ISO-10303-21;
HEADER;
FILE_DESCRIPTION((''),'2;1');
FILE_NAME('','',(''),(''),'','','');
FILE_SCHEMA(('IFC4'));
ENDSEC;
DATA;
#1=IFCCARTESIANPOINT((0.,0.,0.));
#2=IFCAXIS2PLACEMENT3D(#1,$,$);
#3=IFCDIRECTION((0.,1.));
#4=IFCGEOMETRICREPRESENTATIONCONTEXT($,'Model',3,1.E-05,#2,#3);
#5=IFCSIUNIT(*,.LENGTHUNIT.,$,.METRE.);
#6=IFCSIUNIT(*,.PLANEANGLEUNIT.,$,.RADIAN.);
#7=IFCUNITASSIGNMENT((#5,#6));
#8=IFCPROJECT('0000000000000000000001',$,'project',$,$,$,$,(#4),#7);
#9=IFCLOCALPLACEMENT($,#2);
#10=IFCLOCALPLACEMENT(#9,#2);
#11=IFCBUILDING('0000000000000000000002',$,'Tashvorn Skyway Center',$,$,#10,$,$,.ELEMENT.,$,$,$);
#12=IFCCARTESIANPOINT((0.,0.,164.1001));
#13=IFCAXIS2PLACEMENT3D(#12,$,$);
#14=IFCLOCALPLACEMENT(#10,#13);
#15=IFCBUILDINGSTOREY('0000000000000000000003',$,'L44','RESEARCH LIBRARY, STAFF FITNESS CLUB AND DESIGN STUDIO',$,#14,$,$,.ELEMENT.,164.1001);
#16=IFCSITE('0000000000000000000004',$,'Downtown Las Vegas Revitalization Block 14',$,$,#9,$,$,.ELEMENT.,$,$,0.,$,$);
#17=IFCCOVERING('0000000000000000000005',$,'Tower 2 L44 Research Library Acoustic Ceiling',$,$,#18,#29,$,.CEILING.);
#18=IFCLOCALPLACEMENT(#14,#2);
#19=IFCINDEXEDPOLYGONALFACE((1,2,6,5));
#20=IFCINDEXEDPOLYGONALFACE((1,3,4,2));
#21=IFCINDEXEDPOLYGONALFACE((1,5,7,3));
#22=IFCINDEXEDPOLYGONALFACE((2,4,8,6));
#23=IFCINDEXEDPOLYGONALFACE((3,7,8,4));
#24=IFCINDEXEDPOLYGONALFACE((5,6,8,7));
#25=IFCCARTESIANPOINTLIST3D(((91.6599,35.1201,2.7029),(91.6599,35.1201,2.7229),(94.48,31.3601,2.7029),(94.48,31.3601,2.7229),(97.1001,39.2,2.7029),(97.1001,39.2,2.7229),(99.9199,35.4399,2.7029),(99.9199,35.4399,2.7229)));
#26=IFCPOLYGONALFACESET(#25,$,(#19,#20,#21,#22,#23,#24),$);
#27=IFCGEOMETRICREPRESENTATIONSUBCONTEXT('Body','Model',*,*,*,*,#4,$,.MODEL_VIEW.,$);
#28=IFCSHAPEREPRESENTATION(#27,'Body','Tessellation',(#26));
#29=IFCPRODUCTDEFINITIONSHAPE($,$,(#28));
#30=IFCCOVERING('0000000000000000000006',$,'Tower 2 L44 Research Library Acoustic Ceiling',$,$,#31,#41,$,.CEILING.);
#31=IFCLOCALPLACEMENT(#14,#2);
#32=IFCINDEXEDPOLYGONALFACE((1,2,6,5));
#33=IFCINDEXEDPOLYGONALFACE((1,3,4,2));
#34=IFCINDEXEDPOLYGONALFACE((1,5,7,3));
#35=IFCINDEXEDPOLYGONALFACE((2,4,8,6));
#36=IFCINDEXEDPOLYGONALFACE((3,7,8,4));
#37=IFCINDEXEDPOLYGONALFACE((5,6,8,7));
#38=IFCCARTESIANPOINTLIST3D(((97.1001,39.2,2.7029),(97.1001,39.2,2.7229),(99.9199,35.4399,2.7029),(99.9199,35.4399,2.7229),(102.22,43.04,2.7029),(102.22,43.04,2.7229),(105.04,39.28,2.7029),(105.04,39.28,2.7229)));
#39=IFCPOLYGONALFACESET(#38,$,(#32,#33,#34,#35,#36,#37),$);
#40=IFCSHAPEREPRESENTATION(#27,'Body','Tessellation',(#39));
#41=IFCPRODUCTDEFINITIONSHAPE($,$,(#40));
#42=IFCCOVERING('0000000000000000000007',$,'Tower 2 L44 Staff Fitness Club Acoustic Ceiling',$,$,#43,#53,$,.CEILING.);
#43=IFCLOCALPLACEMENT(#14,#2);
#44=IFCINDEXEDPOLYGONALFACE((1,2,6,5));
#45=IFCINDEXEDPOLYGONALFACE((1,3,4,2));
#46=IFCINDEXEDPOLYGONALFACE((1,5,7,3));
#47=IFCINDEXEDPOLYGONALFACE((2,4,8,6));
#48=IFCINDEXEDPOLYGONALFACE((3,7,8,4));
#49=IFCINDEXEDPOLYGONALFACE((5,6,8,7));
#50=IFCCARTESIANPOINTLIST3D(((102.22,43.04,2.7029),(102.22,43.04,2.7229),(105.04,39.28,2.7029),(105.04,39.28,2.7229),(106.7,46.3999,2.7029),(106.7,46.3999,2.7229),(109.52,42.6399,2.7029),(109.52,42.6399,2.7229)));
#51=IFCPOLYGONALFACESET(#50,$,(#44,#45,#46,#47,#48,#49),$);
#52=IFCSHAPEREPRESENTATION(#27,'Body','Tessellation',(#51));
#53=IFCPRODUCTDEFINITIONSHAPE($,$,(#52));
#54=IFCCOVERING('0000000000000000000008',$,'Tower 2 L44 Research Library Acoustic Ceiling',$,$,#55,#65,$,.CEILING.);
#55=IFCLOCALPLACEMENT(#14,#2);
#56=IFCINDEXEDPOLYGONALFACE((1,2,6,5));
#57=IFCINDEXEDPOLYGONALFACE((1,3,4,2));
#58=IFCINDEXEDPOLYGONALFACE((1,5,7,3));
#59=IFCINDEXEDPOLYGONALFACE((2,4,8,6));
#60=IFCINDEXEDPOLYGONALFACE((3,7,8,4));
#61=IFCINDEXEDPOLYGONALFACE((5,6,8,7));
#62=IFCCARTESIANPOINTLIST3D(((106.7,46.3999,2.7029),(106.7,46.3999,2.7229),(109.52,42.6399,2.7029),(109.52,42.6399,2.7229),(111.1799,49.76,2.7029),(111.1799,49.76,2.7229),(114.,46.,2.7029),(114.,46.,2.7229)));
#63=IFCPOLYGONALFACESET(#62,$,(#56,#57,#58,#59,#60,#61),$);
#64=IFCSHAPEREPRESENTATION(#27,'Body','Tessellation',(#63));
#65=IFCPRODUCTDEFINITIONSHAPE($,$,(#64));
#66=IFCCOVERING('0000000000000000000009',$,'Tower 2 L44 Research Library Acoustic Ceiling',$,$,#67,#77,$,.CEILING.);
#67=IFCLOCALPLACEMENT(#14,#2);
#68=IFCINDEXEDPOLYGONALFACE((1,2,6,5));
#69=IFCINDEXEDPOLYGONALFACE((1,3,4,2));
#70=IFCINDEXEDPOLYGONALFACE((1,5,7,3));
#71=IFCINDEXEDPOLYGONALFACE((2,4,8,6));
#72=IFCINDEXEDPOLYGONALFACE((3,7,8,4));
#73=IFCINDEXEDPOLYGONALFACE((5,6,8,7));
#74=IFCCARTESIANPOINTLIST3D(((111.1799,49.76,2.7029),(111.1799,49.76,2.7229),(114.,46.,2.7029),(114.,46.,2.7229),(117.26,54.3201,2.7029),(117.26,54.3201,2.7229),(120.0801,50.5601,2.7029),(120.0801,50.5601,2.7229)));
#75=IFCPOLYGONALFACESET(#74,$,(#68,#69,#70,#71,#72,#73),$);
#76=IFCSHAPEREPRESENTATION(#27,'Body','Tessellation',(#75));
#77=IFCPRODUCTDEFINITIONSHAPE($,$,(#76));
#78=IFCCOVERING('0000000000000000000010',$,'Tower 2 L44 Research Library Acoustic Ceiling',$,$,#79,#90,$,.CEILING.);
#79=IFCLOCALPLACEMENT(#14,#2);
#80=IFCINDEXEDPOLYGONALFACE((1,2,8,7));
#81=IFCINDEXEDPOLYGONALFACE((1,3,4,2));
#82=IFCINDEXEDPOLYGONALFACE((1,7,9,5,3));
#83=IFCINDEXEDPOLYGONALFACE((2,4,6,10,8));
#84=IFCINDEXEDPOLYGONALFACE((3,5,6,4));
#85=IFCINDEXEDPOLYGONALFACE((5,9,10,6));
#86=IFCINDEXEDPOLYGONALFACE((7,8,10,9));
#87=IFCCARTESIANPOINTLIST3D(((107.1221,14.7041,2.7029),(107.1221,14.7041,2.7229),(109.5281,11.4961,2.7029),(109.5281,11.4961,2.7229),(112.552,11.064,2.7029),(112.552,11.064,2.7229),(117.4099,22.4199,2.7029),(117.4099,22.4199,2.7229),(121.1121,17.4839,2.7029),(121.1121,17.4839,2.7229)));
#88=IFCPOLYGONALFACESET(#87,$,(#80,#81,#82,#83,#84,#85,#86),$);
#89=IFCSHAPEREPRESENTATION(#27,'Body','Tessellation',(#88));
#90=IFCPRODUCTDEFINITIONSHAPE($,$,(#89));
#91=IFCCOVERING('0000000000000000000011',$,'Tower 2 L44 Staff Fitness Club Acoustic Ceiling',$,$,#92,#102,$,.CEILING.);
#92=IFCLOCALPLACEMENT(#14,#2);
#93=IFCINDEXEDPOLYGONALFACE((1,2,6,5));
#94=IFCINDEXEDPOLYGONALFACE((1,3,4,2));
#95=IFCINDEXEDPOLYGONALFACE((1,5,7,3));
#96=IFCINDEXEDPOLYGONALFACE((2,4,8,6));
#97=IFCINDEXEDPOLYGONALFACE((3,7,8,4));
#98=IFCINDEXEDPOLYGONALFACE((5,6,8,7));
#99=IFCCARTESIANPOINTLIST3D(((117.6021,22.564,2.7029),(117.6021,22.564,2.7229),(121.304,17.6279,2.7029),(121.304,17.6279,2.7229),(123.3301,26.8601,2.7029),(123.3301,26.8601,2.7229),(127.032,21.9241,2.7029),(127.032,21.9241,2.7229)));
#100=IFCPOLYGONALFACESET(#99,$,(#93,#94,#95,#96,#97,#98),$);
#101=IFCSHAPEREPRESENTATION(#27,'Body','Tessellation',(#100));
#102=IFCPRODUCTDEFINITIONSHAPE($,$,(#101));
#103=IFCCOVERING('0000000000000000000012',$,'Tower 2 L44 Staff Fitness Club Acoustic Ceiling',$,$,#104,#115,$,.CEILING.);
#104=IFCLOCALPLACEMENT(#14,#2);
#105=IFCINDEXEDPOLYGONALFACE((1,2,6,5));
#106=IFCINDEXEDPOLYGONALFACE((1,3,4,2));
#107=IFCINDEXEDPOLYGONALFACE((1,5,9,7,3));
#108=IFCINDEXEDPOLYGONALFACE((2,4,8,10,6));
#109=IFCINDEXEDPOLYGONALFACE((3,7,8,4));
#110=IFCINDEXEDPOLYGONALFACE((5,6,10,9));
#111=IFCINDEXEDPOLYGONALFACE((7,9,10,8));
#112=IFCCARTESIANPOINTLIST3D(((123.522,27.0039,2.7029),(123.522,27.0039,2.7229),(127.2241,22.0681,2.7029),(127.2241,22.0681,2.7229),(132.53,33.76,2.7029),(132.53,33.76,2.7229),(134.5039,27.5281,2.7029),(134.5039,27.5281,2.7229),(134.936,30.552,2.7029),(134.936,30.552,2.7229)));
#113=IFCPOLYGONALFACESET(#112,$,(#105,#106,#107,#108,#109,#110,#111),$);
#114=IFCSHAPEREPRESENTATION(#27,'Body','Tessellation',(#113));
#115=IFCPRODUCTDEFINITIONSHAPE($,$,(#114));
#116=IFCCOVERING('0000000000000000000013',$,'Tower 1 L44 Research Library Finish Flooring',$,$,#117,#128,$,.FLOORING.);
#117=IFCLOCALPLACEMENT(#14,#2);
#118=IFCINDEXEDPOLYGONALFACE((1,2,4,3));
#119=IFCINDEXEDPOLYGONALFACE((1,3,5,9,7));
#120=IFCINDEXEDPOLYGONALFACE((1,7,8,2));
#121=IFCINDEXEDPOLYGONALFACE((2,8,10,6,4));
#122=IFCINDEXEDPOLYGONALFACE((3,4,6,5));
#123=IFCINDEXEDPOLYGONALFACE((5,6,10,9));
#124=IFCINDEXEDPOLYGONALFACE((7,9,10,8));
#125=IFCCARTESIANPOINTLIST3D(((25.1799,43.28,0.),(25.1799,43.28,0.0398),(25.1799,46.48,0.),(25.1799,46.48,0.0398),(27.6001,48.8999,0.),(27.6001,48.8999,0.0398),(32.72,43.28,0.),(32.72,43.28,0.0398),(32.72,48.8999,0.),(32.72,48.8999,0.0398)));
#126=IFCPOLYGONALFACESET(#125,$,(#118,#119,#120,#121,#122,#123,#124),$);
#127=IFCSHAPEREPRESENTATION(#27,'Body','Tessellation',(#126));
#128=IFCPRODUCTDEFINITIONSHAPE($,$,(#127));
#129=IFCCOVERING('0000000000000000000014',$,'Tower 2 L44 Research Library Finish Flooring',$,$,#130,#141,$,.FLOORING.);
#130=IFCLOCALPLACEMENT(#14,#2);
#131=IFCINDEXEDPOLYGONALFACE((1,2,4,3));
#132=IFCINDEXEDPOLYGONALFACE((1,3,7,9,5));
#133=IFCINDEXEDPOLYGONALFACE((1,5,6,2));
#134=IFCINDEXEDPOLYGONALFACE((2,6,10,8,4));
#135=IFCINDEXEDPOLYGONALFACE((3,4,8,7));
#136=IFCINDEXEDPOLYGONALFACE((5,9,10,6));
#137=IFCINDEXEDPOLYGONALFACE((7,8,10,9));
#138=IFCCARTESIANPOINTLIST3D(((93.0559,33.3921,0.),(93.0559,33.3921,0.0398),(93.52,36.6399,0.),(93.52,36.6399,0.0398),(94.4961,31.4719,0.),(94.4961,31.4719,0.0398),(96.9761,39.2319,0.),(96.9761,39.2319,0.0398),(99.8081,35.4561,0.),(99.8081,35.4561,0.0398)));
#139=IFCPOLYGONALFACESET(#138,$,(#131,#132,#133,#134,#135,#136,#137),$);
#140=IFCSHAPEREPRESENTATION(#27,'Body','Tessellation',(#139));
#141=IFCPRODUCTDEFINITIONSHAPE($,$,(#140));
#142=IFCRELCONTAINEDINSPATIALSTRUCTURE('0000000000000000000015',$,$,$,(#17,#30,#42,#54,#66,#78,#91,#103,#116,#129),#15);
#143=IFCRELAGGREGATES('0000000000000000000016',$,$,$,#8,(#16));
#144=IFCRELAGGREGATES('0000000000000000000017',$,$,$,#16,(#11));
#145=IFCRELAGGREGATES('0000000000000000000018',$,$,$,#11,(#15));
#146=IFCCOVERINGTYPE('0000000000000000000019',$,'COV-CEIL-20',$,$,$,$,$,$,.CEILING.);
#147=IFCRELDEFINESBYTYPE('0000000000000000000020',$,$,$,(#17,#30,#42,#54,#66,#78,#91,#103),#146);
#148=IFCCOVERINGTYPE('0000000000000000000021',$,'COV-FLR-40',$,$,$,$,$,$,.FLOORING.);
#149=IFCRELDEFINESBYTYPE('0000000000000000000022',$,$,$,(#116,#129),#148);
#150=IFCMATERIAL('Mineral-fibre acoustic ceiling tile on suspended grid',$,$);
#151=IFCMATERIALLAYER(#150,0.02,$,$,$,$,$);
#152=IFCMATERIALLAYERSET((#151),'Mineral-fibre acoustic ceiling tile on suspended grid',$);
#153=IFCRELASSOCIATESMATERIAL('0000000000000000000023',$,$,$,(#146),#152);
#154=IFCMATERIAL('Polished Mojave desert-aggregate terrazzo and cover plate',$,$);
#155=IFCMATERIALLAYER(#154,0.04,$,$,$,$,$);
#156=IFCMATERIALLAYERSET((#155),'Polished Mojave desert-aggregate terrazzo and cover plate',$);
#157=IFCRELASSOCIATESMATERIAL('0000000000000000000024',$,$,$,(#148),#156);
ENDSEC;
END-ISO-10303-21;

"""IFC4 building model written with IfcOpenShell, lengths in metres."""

from ifc_helpers import new_model, si_unit, direction, frame, origin, place, context, subcontext, project, spatial, polyline, outline, extrude, material, layer, layer_set, type_object, element, save


model = new_model("IFC4")

# Units and contexts
model_context = context("Model", 3, precision=1e-05, world=origin(), true_north=direction((0.0, 1.0)))
body_context = subcontext(model_context, "Body", "Model", "MODEL_VIEW")
ifc_project = project(units=[si_unit("LENGTHUNIT", "METRE"), si_unit("PLANEANGLEUNIT", "RADIAN")], contexts=[model_context])

# Site, building, storey
site_placement = place(None, origin())
site = spatial("IfcSite", under=ifc_project, at=site_placement, Name="Downtown Las Vegas Revitalization Block 14", CompositionType="ELEMENT", RefElevation=0.0)
building_placement = place(site_placement, origin())
building = spatial("IfcBuilding", under=site, at=building_placement, Name="Tashvorn Skyway Center", CompositionType="ELEMENT")
storey_placement = place(building_placement, frame((0.0, 0.0, 164.1001)))
storey = spatial("IfcBuildingStorey", under=building, at=storey_placement, Name="L44", Description="RESEARCH LIBRARY, STAFF FITNESS CLUB AND DESIGN STUDIO", CompositionType="ELEMENT", Elevation=164.1001)

# Coverings
ifc_material_1 = material(Name="Mineral-fibre acoustic ceiling tile on suspended grid")
ifc_layer_1 = layer(ifc_material_1, 0.02)
ifc_layer_set_1 = layer_set([ifc_layer_1], Name="Mineral-fibre acoustic ceiling tile on suspended grid")
covering_type_1 = type_object("IfcCoveringType", Name="COV-CEIL-20", PredefinedType="CEILING", material=ifc_layer_set_1)
covering_1_placement = place(storey_placement, frame((0.0, 0.0, 2.7029)))
element("IfcCovering", 1, at=covering_1_placement, inside=storey, type_object=covering_type_1, Name="Tower 2 L44 Research Library Acoustic Ceiling", PredefinedType="CEILING", context=body_context, shape_type="SweptSolid", body=[
    extrude(outline(polyline([(94.48, 31.3601), (99.9199, 35.4399), (97.1001, 39.2), (91.6599, 35.1201), (94.48, 31.3601)])), origin(), (0.0, 0.0, 1.0), 0.02),
])
covering_2_placement = place(storey_placement, frame((0.0, 0.0, 2.7029)))
element("IfcCovering", 2, at=covering_2_placement, inside=storey, type_object=covering_type_1, Name="Tower 2 L44 Research Library Acoustic Ceiling", PredefinedType="CEILING", context=body_context, shape_type="SweptSolid", body=[
    extrude(outline(polyline([(99.9199, 35.4399), (105.04, 39.28), (102.22, 43.04), (97.1001, 39.2), (99.9199, 35.4399)])), origin(), (0.0, 0.0, 1.0), 0.02),
])
covering_3_placement = place(storey_placement, frame((0.0, 0.0, 2.7029)))
element("IfcCovering", 3, at=covering_3_placement, inside=storey, type_object=covering_type_1, Name="Tower 2 L44 Staff Fitness Club Acoustic Ceiling", PredefinedType="CEILING", context=body_context, shape_type="SweptSolid", body=[
    extrude(outline(polyline([(105.04, 39.28), (109.52, 42.6399), (106.7, 46.3999), (102.22, 43.04), (105.04, 39.28)])), origin(), (0.0, 0.0, 1.0), 0.02),
])
covering_4_placement = place(storey_placement, frame((0.0, 0.0, 2.7029)))
element("IfcCovering", 4, at=covering_4_placement, inside=storey, type_object=covering_type_1, Name="Tower 2 L44 Research Library Acoustic Ceiling", PredefinedType="CEILING", context=body_context, shape_type="SweptSolid", body=[
    extrude(outline(polyline([(109.52, 42.6399), (114.0, 46.0), (111.1799, 49.76), (106.7, 46.3999), (109.52, 42.6399)])), origin(), (0.0, 0.0, 1.0), 0.02),
])
covering_5_placement = place(storey_placement, frame((0.0, 0.0, 2.7029)))
element("IfcCovering", 5, at=covering_5_placement, inside=storey, type_object=covering_type_1, Name="Tower 2 L44 Research Library Acoustic Ceiling", PredefinedType="CEILING", context=body_context, shape_type="SweptSolid", body=[
    extrude(outline(polyline([(114.0, 46.0), (120.0801, 50.5601), (117.26, 54.3201), (111.1799, 49.76), (114.0, 46.0)])), origin(), (0.0, 0.0, 1.0), 0.02),
])
covering_6_placement = place(storey_placement, frame((0.0, 0.0, 2.7029)))
element("IfcCovering", 6, at=covering_6_placement, inside=storey, type_object=covering_type_1, Name="Tower 2 L44 Research Library Acoustic Ceiling", PredefinedType="CEILING", context=body_context, shape_type="SweptSolid", body=[
    extrude(outline(polyline([(107.1221, 14.7041), (117.4099, 22.4199), (121.1121, 17.4839), (112.552, 11.064), (109.5281, 11.4961), (107.1221, 14.7041)])), origin(), (0.0, 0.0, 1.0), 0.02),
])
covering_7_placement = place(storey_placement, frame((0.0, 0.0, 2.7029)))
element("IfcCovering", 7, at=covering_7_placement, inside=storey, type_object=covering_type_1, Name="Tower 2 L44 Staff Fitness Club Acoustic Ceiling", PredefinedType="CEILING", context=body_context, shape_type="SweptSolid", body=[
    extrude(outline(polyline([(117.6021, 22.564), (123.3301, 26.8601), (127.032, 21.9241), (121.304, 17.6279), (117.6021, 22.564)])), origin(), (0.0, 0.0, 1.0), 0.02),
])
covering_8_placement = place(storey_placement, frame((0.0, 0.0, 2.7029)))
element("IfcCovering", 8, at=covering_8_placement, inside=storey, type_object=covering_type_1, Name="Tower 2 L44 Staff Fitness Club Acoustic Ceiling", PredefinedType="CEILING", context=body_context, shape_type="SweptSolid", body=[
    extrude(outline(polyline([(127.2241, 22.0681), (123.522, 27.0039), (132.53, 33.76), (134.936, 30.552), (134.5039, 27.5281), (127.2241, 22.0681)])), origin(), (0.0, 0.0, 1.0), 0.02),
])
ifc_material_2 = material(Name="Polished Mojave desert-aggregate terrazzo and cover plate")
ifc_layer_2 = layer(ifc_material_2, 0.04)
ifc_layer_set_2 = layer_set([ifc_layer_2], Name="Polished Mojave desert-aggregate terrazzo and cover plate")
covering_type_2 = type_object("IfcCoveringType", Name="COV-FLR-40", PredefinedType="FLOORING", material=ifc_layer_set_2)
covering_9_placement = place(storey_placement, origin())
element("IfcCovering", 9, at=covering_9_placement, inside=storey, type_object=covering_type_2, Name="Tower 1 L44 Research Library Finish Flooring", PredefinedType="FLOORING", context=body_context, shape_type="SweptSolid", body=[
    extrude(outline(polyline([(32.72, 43.28), (25.1799, 43.28), (25.1799, 46.48), (27.6001, 48.8999), (32.72, 48.8999), (32.72, 43.28)])), origin(), (0.0, 0.0, 1.0), 0.0398),
])
covering_10_placement = place(storey_placement, origin())
element("IfcCovering", 10, at=covering_10_placement, inside=storey, type_object=covering_type_2, Name="Tower 2 L44 Research Library Finish Flooring", PredefinedType="FLOORING", context=body_context, shape_type="SweptSolid", body=[
    extrude(outline(polyline([(99.8081, 35.4561), (94.4961, 31.4719), (93.0559, 33.3921), (93.52, 36.6399), (96.9761, 39.2319), (99.8081, 35.4561)])), origin(), (0.0, 0.0, 1.0), 0.0398),
])

save(model, "model.ifc")
